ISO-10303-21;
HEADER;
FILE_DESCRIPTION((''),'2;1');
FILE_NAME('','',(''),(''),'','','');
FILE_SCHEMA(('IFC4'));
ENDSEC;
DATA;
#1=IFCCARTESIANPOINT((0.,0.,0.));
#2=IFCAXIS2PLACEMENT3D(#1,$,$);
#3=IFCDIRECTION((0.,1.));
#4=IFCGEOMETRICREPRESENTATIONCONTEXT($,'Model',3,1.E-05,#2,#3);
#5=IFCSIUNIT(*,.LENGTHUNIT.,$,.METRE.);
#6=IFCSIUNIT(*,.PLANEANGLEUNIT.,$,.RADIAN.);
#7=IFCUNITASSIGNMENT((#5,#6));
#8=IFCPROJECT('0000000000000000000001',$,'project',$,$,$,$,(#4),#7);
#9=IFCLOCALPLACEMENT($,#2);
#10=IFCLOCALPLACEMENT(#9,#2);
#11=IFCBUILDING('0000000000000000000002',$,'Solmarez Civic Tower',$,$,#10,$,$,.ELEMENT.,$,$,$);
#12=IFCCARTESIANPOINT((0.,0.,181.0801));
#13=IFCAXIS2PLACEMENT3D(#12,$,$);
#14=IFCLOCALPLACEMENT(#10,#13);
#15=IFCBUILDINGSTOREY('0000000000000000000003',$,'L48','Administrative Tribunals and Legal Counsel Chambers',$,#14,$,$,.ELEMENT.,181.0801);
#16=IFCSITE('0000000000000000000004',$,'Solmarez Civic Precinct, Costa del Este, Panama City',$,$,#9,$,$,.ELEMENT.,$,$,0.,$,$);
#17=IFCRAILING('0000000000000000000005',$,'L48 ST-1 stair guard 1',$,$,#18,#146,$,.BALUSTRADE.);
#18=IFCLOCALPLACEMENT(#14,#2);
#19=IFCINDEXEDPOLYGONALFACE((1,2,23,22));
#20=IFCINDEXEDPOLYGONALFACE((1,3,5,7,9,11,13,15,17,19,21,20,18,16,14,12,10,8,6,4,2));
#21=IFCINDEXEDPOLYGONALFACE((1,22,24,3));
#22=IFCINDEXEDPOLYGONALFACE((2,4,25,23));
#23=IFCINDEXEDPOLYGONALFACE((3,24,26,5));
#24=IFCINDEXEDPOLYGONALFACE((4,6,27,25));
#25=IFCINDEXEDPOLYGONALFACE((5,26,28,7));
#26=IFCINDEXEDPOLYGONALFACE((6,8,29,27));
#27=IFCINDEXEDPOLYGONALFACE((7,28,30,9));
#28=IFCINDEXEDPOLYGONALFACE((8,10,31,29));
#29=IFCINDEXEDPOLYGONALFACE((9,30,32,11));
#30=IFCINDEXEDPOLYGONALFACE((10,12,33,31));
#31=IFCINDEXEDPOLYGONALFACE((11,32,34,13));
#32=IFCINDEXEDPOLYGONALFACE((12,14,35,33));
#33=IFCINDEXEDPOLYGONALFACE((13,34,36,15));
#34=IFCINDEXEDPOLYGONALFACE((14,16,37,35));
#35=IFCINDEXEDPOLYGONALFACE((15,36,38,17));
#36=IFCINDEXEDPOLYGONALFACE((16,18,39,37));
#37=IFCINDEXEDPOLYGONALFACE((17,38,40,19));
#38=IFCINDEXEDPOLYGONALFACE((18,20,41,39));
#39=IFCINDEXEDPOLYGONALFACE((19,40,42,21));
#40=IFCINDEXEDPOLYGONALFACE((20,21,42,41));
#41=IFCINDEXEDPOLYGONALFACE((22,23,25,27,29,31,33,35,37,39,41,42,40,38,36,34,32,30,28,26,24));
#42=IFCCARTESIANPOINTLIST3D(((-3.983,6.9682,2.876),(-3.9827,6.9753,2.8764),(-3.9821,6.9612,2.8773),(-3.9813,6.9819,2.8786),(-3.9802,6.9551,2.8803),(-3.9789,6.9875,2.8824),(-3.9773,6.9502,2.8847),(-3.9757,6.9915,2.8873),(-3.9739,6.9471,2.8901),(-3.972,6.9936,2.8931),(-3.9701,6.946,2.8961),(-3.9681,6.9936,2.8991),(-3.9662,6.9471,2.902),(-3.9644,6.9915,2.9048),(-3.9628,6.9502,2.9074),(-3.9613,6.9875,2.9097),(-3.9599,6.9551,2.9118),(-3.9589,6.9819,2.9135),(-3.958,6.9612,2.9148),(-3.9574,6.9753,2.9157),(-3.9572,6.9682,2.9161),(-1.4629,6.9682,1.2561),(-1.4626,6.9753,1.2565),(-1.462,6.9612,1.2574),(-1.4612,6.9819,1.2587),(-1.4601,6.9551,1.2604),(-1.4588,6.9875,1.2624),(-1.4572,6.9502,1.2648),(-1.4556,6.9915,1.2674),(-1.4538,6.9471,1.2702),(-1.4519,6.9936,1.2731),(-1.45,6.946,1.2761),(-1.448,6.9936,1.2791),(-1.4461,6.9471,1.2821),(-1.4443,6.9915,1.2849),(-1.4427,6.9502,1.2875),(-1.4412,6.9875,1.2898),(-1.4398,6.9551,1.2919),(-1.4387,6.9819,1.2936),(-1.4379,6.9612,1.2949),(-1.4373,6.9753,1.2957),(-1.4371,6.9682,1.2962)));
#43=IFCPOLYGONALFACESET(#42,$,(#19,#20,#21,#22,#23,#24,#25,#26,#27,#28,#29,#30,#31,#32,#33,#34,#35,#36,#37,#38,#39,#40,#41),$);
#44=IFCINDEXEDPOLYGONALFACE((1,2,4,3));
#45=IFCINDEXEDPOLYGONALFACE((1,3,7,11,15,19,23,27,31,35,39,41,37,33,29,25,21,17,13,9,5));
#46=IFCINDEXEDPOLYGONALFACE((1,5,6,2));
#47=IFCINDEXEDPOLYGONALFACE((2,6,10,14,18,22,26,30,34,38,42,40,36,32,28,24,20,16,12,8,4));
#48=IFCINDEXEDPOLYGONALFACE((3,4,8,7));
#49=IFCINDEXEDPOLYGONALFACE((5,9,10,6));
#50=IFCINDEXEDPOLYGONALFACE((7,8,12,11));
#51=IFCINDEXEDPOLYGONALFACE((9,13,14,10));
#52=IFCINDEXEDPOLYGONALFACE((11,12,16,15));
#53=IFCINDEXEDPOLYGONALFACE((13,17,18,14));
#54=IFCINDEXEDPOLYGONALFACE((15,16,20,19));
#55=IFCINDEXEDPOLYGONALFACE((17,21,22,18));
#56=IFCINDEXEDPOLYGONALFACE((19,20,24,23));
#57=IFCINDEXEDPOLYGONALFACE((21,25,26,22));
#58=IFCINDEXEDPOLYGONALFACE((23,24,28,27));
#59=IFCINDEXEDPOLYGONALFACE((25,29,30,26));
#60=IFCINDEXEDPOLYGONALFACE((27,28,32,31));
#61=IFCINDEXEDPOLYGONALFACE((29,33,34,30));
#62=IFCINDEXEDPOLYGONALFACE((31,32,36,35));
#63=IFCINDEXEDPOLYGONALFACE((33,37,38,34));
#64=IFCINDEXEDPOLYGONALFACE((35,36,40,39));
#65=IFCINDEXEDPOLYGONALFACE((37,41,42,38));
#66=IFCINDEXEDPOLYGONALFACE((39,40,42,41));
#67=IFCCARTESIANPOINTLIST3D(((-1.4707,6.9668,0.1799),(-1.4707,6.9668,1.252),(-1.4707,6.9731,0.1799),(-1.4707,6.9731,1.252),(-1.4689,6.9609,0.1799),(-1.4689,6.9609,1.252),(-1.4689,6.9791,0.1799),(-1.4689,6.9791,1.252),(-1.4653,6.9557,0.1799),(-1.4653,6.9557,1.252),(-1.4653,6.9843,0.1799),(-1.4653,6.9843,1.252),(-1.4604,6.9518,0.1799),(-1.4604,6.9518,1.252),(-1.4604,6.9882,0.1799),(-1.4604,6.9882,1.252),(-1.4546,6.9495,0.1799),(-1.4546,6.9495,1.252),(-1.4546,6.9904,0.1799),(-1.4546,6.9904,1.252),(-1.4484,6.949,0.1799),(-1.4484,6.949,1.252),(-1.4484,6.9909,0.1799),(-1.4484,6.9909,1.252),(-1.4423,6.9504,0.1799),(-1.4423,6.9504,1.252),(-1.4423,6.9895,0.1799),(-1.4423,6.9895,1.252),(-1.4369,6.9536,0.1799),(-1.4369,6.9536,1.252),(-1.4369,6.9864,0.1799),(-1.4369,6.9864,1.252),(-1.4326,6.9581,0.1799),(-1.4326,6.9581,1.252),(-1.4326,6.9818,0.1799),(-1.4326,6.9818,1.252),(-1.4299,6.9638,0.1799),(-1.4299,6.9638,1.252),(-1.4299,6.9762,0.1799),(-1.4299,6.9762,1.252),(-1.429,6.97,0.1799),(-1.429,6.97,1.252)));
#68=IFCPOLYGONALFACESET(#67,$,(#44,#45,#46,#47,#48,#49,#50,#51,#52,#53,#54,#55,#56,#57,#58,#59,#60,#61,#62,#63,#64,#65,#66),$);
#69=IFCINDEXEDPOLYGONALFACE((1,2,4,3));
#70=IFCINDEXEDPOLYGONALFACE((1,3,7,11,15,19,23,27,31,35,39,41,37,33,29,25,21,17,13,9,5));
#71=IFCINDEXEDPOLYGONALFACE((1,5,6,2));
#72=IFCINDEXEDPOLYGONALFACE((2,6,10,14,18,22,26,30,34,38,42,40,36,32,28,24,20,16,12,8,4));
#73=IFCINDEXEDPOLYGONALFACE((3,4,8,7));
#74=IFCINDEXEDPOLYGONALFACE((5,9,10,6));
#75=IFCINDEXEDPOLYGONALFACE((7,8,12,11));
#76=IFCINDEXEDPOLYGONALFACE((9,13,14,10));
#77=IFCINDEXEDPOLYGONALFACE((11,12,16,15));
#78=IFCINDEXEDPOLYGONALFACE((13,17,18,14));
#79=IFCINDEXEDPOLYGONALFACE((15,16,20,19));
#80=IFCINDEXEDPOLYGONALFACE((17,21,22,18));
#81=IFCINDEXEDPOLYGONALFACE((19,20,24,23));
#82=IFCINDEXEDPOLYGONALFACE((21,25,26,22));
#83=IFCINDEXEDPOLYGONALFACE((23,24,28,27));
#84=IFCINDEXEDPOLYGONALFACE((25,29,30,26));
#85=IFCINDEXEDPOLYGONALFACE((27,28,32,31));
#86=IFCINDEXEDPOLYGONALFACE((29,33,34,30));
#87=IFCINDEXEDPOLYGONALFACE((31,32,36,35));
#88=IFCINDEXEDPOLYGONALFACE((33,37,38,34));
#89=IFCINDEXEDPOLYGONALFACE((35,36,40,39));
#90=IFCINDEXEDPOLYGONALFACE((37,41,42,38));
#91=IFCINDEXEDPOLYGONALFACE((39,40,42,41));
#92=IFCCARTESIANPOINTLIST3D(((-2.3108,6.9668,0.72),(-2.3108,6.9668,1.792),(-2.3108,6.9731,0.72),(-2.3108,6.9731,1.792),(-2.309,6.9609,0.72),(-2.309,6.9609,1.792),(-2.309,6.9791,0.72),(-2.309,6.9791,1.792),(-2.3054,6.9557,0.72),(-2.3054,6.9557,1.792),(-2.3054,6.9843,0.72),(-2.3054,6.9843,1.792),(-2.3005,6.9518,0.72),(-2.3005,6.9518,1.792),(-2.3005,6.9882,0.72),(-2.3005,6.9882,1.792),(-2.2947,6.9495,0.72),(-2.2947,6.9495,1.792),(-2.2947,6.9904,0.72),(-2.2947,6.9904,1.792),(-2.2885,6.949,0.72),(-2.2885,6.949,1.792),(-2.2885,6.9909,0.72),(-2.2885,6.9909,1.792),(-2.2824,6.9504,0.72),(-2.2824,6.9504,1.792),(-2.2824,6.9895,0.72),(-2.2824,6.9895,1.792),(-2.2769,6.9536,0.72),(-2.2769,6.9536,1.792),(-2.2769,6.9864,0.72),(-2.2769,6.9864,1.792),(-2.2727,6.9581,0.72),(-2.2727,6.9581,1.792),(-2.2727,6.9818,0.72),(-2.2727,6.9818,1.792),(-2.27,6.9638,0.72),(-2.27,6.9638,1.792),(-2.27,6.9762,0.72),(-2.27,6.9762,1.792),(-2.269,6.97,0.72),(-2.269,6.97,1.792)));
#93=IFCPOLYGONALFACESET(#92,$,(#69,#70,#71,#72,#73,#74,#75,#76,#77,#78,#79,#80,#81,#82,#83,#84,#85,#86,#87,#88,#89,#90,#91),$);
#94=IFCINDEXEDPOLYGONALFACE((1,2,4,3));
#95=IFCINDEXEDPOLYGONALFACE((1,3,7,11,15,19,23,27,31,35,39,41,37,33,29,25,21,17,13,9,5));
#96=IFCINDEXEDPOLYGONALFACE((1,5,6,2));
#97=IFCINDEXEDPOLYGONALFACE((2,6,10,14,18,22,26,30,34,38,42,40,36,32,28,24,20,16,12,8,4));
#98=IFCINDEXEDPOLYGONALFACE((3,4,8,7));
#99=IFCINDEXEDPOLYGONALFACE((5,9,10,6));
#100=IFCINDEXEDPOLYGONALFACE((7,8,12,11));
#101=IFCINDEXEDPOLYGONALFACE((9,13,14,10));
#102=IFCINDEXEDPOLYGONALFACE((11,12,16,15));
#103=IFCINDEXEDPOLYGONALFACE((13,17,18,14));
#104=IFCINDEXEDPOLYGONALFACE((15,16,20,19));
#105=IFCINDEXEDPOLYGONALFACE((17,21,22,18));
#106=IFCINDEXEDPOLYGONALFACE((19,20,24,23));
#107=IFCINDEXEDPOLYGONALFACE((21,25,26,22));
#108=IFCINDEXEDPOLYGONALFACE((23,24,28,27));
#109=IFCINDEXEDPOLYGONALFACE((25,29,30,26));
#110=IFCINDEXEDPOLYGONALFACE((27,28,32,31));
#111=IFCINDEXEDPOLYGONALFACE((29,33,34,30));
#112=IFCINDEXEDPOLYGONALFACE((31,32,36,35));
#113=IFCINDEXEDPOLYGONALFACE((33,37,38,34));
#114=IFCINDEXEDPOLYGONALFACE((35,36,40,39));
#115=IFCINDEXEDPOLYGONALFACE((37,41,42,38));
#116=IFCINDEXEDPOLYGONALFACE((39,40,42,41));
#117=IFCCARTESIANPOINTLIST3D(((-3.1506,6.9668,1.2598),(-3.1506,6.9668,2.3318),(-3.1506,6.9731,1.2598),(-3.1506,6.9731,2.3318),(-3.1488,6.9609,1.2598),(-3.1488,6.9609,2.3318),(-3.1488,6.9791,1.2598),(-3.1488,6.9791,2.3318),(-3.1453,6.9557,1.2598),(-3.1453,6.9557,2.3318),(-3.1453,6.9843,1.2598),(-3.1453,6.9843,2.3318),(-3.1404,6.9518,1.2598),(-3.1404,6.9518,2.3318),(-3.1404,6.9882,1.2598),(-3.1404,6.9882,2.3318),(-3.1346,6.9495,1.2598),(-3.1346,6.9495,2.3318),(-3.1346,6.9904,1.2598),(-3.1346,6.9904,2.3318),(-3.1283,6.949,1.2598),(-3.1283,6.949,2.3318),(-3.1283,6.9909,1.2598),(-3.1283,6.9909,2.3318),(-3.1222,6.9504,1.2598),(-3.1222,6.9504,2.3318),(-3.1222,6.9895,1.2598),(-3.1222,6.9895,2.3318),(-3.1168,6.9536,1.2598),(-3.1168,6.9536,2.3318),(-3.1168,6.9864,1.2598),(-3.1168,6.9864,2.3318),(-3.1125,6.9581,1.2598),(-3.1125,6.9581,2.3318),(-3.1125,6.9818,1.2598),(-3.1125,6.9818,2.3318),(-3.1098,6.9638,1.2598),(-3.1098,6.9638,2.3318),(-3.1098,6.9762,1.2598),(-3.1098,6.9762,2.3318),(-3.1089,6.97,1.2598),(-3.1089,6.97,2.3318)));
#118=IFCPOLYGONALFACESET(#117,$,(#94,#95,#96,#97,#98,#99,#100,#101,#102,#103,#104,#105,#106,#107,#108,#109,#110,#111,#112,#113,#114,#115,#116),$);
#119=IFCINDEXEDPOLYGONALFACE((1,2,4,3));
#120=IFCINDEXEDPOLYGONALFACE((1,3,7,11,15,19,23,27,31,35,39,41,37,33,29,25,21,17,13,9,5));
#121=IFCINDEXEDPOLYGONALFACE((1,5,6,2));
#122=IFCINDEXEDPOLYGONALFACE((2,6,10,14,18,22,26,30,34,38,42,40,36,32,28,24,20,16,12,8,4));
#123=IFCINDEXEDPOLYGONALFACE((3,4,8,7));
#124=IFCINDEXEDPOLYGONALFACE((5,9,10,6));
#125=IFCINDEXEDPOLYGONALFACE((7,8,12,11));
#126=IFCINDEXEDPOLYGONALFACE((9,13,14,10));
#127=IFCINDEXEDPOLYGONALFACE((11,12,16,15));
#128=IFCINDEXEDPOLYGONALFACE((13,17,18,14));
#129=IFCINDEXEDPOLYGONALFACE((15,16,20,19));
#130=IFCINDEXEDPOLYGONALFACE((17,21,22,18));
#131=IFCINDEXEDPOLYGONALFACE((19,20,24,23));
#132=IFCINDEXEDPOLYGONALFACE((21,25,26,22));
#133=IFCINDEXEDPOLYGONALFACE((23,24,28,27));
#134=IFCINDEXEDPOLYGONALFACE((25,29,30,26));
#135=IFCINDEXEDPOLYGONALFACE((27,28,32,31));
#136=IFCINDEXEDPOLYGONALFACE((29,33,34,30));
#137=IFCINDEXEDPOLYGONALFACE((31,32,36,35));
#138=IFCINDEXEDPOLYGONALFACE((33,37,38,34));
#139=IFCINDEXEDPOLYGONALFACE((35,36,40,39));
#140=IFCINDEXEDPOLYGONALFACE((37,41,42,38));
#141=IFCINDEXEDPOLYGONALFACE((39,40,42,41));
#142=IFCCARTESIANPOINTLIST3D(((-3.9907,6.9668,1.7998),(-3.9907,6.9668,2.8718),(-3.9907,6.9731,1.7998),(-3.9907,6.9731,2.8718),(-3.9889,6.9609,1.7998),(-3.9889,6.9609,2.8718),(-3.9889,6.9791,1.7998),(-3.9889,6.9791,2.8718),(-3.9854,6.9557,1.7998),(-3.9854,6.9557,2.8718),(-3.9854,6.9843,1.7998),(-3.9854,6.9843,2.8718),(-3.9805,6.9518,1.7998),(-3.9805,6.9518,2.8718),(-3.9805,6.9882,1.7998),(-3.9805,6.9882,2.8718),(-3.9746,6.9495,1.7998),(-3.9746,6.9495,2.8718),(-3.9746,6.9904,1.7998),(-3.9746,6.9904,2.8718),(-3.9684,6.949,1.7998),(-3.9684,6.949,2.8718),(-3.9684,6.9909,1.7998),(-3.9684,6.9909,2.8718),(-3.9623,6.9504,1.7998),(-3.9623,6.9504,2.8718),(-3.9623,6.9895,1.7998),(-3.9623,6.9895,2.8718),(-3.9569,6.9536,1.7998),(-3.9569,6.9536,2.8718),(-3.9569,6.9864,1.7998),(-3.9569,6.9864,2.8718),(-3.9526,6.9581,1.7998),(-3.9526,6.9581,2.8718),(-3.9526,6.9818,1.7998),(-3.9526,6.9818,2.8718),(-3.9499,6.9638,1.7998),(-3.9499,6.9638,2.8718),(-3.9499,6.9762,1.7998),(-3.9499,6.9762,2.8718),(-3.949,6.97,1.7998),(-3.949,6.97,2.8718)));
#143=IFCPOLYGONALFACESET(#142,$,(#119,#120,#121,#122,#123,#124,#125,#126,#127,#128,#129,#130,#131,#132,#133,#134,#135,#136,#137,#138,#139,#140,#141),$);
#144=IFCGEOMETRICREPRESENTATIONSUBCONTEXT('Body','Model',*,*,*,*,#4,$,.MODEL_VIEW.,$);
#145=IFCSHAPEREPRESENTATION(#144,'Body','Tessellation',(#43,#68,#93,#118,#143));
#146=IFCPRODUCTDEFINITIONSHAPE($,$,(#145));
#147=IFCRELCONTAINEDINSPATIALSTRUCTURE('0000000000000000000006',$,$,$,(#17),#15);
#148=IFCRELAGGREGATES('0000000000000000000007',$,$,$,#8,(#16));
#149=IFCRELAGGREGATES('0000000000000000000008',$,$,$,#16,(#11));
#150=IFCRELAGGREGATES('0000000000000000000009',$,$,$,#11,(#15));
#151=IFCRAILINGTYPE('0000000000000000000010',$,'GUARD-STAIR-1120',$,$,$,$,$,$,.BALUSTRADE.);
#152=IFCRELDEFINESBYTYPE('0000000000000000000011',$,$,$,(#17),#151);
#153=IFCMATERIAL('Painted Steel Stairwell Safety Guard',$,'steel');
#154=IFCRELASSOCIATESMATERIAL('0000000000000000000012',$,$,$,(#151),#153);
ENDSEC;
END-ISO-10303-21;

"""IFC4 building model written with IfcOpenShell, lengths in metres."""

from ifc_helpers import new_model, si_unit, direction, frame, origin, origin_2d, place, context, subcontext, project, spatial, circle, extrude, material, type_object, element, save


model = new_model("IFC4")

# Units and contexts
model_context = context("Model", 3, precision=1e-05, world=origin(), true_north=direction((0.0, 1.0)))
body_context = subcontext(model_context, "Body", "Model", "MODEL_VIEW")
ifc_project = project(units=[si_unit("LENGTHUNIT", "METRE"), si_unit("PLANEANGLEUNIT", "RADIAN")], contexts=[model_context])

# Site, building, storey
site_placement = place(None, origin())
site = spatial("IfcSite", under=ifc_project, at=site_placement, Name="Solmarez Civic Precinct, Costa del Este, Panama City", CompositionType="ELEMENT", RefElevation=0.0)
building_placement = place(site_placement, origin())
building = spatial("IfcBuilding", under=site, at=building_placement, Name="Solmarez Civic Tower", CompositionType="ELEMENT")
storey_placement = place(building_placement, frame((0.0, 0.0, 181.0801)))
storey = spatial("IfcBuildingStorey", under=building, at=storey_placement, Name="L48", Description="Administrative Tribunals and Legal Counsel Chambers", CompositionType="ELEMENT", Elevation=181.0801)

# Railing
ifc_material_1 = material(Name="Painted Steel Stairwell Safety Guard", Category="steel")
railing_type_1 = type_object("IfcRailingType", Name="GUARD-STAIR-1120", PredefinedType="BALUSTRADE", material=ifc_material_1)
railing_1_placement = place(storey_placement, frame((-1.45, 6.97, 0.1799)))
element("IfcRailing", 1, at=railing_1_placement, inside=storey, type_object=railing_type_1, Name="L48 ST-1 stair guard 1", PredefinedType="BALUSTRADE", context=body_context, shape_type="SweptSolid", body=[
    extrude(circle(Radius=0.0239, at=origin_2d()), frame((0.0, 0.0, 1.0962), z_axis=(-0.8412, 0.0, 0.540725), x_axis=(0.0, -1.0, 0.0)), (0.0, 0.0, 1.0), 2.9958),
    extrude(circle(Radius=0.021, at=origin_2d()), origin(), (0.0, 0.0, 1.0), 1.072),
    extrude(circle(Radius=0.021, at=origin_2d()), frame((-0.8401, 0.0, 0.54)), (0.0, 0.0, 1.0), 1.072),
    extrude(circle(Radius=0.021, at=origin_2d()), frame((-1.6799, 0.0, 1.0798)), (0.0, 0.0, 1.0), 1.072),
    extrude(circle(Radius=0.021, at=origin_2d()), frame((-2.52, 0.0, 1.6199)), (0.0, 0.0, 1.0), 1.072),
])

save(model, "model.ifc")
